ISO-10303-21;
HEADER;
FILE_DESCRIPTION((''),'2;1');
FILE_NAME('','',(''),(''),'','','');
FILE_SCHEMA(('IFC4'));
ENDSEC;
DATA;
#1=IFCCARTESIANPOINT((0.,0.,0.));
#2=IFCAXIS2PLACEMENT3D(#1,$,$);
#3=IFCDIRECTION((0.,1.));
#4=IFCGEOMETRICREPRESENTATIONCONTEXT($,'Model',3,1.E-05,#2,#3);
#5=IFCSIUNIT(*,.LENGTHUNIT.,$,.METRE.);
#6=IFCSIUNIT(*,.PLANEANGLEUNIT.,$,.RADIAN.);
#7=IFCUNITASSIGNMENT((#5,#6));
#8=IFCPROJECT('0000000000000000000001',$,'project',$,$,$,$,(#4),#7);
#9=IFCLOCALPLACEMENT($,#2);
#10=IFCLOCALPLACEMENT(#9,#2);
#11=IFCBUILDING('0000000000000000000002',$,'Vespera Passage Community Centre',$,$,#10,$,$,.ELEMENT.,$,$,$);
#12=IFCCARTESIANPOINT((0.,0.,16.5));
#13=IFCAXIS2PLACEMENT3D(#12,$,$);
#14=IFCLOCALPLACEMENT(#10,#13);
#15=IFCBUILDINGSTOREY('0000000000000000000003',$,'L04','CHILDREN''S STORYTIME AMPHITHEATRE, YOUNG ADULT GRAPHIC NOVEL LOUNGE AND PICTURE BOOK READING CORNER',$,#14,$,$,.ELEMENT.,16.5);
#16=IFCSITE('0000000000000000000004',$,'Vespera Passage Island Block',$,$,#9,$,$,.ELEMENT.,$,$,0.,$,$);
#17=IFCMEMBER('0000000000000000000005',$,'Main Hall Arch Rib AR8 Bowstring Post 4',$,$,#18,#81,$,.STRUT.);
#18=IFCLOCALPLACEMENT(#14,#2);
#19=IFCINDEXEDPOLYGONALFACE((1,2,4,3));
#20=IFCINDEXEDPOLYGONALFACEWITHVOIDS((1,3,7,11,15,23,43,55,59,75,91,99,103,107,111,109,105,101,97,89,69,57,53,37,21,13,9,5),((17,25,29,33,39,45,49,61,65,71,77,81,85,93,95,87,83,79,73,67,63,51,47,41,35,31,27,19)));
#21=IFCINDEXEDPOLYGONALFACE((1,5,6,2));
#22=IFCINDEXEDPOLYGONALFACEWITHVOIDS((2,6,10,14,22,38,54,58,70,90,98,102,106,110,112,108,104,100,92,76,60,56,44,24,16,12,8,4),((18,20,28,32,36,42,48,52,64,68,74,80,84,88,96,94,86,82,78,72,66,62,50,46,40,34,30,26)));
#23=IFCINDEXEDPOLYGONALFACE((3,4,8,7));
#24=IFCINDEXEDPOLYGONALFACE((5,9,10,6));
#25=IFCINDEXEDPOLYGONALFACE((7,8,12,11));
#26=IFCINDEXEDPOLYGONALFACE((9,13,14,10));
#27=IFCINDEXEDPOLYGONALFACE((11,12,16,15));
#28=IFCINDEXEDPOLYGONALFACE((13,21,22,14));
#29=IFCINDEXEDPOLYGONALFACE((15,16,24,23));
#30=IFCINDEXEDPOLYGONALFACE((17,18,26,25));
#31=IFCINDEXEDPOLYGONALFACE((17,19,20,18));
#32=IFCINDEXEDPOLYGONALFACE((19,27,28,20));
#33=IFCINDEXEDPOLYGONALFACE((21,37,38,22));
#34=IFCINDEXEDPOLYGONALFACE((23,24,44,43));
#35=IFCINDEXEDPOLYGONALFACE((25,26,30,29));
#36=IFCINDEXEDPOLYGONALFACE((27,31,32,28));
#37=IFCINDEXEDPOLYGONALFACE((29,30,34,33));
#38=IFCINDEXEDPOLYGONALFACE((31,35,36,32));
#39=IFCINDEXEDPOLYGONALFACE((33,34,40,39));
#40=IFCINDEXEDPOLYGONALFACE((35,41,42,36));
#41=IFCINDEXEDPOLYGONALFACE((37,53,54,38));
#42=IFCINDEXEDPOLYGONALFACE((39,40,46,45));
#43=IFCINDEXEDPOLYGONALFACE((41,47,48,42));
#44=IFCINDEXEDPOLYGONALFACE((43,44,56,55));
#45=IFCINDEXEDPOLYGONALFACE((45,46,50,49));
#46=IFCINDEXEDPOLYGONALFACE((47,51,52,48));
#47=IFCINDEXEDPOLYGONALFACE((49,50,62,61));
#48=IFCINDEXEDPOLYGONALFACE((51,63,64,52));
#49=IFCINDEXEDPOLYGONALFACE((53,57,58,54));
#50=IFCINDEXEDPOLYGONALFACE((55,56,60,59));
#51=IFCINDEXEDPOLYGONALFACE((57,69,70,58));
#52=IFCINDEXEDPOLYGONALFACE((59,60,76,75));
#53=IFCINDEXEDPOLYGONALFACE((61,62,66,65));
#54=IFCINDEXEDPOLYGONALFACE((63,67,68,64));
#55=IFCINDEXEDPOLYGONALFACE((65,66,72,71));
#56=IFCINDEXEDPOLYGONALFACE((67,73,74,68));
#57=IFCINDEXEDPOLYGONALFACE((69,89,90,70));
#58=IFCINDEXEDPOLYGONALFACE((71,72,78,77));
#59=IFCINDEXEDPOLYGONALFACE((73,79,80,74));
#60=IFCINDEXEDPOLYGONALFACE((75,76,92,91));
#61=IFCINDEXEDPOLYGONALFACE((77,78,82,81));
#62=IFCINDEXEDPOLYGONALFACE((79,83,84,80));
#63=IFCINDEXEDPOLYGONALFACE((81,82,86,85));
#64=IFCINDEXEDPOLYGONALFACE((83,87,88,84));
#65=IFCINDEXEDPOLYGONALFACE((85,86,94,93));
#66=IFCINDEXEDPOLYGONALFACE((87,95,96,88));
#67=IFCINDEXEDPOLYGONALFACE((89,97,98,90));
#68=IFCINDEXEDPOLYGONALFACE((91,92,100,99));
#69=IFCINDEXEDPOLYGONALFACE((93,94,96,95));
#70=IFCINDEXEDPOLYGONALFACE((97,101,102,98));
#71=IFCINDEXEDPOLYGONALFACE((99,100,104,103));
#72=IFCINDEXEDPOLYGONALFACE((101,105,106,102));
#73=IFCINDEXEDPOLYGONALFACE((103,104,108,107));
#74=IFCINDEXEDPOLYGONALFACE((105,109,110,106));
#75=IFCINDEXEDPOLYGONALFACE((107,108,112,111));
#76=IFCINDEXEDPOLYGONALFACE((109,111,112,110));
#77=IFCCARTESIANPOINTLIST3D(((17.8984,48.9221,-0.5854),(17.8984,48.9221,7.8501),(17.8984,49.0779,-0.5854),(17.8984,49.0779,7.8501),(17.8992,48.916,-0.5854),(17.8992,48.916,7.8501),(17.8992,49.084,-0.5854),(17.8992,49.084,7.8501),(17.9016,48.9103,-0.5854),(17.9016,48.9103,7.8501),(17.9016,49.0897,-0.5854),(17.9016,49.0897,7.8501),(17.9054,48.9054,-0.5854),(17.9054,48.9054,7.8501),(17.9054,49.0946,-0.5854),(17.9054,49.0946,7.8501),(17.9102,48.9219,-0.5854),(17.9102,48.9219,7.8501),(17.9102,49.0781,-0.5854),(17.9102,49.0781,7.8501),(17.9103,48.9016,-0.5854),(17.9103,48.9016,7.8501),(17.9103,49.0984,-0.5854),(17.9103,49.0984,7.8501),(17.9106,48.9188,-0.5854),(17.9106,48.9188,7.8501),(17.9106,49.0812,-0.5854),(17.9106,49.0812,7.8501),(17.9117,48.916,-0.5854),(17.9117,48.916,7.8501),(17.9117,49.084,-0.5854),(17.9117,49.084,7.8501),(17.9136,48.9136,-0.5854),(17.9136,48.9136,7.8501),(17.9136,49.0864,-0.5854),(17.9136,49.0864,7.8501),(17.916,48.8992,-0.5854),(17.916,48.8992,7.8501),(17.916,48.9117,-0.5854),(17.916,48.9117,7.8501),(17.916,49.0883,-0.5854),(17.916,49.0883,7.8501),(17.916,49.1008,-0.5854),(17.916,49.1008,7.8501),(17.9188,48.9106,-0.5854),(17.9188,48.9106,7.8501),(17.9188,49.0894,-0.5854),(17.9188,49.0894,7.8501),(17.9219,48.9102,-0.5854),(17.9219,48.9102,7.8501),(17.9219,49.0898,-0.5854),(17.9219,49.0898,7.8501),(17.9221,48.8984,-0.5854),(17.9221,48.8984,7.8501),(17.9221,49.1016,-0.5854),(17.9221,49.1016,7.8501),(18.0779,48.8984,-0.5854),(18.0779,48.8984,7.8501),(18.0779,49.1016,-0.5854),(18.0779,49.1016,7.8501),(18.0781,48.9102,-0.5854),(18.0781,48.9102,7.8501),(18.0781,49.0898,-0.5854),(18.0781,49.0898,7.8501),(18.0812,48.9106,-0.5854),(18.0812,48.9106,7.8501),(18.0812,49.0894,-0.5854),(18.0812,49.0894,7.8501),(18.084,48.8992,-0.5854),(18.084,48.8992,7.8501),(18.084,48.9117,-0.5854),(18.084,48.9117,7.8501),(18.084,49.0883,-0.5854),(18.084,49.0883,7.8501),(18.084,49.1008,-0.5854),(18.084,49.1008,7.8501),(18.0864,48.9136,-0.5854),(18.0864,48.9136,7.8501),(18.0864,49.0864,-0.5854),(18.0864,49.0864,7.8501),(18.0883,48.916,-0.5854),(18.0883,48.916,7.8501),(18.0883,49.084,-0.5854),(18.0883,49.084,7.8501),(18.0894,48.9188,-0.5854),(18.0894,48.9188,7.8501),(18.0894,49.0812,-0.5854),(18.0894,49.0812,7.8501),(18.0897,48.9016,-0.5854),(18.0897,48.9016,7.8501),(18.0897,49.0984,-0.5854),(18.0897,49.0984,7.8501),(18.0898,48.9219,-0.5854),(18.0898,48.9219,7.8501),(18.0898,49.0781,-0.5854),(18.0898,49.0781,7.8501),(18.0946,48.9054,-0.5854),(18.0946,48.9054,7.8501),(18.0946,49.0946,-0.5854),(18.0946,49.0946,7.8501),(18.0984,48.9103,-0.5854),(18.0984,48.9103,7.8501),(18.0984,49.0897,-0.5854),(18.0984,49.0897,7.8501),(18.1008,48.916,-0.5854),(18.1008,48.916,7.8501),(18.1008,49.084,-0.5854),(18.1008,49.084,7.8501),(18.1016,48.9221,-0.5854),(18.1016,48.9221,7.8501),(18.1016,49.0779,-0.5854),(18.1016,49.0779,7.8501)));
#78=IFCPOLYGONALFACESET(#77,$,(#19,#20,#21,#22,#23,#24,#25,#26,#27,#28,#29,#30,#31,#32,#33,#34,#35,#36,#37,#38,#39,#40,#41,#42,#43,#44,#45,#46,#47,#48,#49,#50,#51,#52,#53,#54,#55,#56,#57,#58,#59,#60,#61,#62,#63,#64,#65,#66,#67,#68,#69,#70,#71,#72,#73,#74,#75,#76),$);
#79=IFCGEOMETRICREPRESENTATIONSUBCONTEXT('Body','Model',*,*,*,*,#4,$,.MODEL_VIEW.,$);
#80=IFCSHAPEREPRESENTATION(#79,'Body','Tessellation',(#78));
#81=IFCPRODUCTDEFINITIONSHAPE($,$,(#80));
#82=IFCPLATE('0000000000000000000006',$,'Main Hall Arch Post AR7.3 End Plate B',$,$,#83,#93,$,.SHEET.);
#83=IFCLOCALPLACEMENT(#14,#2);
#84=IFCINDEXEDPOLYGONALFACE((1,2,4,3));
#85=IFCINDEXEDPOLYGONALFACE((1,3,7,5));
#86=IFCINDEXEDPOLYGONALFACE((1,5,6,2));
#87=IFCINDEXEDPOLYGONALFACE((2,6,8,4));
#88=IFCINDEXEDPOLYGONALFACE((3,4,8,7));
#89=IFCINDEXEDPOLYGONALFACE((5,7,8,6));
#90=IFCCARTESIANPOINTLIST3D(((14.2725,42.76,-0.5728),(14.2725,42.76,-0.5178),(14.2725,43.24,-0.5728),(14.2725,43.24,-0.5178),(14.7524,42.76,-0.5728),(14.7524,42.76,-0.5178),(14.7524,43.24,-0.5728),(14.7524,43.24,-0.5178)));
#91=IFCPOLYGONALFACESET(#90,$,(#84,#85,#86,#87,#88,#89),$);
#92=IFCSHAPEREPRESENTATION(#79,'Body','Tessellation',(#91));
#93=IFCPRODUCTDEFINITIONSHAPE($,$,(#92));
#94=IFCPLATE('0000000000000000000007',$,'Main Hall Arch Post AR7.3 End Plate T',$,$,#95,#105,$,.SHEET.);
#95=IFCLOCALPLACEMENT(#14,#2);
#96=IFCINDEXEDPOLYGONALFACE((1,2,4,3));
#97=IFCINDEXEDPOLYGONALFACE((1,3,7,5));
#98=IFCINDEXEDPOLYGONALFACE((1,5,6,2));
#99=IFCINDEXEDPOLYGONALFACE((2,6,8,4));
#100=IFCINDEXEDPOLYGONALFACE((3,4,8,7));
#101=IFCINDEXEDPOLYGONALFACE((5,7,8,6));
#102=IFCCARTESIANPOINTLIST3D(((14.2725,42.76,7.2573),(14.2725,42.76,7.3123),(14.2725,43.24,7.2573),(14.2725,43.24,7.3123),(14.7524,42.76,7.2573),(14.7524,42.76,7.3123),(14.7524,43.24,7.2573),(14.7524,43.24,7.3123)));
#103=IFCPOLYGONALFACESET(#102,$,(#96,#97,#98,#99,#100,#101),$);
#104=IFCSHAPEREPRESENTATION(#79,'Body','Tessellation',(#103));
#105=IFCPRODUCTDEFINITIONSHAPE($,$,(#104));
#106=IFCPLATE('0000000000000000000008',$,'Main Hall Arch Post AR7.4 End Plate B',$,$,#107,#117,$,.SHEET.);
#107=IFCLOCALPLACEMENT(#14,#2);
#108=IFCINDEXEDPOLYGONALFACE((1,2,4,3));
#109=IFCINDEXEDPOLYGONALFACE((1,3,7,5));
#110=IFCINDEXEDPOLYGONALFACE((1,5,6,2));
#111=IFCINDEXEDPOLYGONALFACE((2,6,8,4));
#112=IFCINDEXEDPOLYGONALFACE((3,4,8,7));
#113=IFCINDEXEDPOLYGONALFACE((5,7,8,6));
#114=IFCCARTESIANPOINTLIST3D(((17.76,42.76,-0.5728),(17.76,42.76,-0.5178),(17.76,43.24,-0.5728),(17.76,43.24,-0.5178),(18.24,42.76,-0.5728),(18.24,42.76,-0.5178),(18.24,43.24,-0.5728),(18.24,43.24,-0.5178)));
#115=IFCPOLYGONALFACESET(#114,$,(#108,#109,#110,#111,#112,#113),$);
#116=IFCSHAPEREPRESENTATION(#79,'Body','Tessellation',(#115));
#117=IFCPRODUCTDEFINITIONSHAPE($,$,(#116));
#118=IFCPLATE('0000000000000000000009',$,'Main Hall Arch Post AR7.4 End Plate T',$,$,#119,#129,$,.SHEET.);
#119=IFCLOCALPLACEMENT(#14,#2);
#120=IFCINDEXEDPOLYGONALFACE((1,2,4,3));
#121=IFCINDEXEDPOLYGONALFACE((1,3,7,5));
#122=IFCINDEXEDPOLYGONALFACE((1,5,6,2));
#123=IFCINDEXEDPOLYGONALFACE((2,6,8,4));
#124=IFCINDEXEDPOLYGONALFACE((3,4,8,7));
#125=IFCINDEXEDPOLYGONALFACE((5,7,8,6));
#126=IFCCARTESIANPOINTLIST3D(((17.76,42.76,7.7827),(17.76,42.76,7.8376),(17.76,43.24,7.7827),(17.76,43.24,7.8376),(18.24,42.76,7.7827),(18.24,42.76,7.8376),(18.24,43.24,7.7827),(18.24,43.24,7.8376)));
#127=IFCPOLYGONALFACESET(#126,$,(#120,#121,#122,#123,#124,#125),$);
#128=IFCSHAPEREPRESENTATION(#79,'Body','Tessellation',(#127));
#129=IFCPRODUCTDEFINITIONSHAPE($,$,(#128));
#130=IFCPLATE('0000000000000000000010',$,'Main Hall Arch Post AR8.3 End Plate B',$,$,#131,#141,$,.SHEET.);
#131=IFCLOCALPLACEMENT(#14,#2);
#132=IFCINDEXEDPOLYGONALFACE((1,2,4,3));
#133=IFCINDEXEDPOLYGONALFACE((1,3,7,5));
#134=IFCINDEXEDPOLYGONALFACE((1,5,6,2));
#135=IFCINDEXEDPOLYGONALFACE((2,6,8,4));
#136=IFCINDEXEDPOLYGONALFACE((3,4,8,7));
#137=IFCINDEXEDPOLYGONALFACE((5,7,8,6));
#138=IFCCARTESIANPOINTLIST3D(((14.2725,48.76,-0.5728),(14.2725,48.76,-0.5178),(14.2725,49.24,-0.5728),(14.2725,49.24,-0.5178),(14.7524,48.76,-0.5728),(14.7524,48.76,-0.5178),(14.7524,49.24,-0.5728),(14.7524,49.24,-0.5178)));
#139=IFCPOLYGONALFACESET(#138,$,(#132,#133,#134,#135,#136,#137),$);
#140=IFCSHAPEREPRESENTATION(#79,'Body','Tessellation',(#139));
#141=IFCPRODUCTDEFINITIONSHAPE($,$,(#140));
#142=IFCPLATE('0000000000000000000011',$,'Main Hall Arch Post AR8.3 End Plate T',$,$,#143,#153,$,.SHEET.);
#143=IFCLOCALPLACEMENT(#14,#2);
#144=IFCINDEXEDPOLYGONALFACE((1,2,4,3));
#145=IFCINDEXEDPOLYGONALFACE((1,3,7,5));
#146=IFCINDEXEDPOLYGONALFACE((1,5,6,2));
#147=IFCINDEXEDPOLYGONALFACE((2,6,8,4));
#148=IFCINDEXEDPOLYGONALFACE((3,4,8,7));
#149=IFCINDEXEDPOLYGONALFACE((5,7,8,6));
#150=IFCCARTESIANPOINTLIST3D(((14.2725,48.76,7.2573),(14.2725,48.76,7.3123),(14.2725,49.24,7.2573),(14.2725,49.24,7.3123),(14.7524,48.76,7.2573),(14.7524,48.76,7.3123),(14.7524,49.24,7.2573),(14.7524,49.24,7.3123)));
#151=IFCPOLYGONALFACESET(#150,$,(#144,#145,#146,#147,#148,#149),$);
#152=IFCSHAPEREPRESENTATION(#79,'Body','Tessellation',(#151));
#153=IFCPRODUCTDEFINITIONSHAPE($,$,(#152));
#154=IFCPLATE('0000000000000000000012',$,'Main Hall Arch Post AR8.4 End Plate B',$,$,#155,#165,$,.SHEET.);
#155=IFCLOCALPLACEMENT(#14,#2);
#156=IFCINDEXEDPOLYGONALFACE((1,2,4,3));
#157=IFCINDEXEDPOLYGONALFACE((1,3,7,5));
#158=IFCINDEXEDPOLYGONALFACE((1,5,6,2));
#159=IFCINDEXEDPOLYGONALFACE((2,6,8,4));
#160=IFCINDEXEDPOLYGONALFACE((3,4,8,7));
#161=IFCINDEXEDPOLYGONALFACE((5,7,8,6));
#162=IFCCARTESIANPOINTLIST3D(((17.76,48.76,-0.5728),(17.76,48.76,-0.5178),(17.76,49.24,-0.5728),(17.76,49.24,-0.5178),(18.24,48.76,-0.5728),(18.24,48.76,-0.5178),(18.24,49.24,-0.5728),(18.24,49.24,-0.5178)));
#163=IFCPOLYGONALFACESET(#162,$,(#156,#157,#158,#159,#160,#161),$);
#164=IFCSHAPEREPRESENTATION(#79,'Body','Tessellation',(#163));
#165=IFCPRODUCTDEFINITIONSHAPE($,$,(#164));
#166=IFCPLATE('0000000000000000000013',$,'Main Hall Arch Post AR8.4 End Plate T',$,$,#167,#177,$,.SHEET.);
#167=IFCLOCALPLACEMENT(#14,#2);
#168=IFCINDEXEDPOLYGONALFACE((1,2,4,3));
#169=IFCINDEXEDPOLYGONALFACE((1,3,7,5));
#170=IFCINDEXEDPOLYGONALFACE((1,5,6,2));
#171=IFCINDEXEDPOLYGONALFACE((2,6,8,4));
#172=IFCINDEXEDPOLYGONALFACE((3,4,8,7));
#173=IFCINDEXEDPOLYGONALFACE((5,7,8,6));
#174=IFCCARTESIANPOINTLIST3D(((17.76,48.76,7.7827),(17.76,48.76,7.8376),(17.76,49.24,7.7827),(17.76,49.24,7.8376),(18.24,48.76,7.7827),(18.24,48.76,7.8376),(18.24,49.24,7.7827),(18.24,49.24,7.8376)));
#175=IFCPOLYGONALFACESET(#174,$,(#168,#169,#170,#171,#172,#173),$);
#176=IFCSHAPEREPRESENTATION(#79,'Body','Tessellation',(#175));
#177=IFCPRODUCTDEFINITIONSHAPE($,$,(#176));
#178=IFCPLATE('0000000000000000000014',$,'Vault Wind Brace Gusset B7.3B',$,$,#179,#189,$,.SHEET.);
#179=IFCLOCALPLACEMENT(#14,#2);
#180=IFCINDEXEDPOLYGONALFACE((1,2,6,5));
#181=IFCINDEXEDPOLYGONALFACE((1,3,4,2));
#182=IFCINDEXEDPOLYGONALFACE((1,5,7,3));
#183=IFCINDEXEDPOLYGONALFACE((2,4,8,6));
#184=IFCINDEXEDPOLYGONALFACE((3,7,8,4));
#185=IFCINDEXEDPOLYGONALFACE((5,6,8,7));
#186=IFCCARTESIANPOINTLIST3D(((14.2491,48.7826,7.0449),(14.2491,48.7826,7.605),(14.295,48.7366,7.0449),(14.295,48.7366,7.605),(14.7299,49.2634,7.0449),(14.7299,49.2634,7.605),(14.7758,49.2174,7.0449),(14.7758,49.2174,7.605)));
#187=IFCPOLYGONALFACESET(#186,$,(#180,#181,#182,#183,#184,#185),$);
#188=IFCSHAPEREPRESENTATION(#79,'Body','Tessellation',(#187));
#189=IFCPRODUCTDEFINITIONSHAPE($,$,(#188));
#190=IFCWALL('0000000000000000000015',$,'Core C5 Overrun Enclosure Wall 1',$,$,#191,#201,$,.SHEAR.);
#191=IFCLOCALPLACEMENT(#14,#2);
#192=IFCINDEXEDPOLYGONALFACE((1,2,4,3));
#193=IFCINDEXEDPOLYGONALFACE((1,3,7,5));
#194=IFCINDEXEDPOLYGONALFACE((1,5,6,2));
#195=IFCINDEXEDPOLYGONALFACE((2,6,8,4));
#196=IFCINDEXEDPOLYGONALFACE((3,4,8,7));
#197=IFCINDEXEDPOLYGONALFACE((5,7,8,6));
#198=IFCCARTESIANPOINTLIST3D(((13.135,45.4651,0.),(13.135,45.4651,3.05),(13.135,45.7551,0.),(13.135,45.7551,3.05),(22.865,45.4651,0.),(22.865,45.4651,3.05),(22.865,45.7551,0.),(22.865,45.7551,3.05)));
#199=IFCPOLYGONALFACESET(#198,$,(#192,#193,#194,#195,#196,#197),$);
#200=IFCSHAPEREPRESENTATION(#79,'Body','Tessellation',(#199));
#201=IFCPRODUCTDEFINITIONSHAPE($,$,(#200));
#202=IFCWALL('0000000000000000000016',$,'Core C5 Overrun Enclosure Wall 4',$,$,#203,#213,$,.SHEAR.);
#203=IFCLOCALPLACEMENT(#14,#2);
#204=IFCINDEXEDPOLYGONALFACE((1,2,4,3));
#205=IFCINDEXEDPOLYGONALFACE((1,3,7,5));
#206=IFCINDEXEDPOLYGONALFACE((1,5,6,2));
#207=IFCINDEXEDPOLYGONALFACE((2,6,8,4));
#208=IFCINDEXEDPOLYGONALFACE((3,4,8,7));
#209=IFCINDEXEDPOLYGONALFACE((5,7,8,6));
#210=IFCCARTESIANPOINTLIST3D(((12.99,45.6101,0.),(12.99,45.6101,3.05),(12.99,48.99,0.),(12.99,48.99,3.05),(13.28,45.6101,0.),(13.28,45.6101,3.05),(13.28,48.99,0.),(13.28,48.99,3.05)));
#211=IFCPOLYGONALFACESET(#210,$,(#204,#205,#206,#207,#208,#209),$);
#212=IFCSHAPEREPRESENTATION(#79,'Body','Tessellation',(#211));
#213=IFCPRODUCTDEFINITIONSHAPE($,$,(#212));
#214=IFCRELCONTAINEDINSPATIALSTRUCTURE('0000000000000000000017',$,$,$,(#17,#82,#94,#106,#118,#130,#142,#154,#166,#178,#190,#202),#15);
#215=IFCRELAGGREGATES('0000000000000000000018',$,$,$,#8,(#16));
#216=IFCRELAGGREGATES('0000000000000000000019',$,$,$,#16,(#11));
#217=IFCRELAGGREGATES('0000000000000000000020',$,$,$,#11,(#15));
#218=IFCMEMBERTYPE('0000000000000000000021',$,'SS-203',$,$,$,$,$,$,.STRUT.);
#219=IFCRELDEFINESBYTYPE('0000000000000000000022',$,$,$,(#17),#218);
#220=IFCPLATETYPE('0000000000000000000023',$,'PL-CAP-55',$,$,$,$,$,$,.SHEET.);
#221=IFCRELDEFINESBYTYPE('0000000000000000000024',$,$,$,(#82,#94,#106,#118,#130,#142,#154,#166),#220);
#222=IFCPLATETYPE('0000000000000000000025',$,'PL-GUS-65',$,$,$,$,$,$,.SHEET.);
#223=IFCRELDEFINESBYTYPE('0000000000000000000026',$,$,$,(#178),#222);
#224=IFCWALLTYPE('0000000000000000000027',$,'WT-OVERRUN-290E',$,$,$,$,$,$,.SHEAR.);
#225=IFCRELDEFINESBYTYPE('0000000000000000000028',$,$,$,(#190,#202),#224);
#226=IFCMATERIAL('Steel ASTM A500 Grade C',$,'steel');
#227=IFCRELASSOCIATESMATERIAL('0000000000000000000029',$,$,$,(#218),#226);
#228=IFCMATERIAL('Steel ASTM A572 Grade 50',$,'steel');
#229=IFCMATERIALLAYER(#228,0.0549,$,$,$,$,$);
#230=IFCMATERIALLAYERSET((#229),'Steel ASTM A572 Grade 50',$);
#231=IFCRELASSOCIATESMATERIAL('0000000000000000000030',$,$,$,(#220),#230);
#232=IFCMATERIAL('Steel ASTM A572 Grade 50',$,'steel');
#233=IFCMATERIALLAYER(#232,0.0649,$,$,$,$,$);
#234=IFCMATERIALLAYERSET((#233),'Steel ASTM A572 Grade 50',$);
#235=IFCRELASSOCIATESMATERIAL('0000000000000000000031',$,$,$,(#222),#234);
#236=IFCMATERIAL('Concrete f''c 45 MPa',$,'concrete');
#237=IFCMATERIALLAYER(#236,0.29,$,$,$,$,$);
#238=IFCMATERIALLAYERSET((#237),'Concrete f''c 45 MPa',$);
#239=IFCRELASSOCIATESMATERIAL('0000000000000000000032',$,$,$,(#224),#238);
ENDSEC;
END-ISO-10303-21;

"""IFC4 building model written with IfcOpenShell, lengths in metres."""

from ifc_helpers import new_model, si_unit, direction, frame, frame_2d, origin, origin_2d, place, context, subcontext, project, spatial, rectangle, hollow_rectangle, extrude, material, layer, layer_set, material_profile, profile_set, type_object, element, save


model = new_model("IFC4")

# Units and contexts
model_context = context("Model", 3, precision=1e-05, world=origin(), true_north=direction((0.0, 1.0)))
body_context = subcontext(model_context, "Body", "Model", "MODEL_VIEW")
ifc_project = project(units=[si_unit("LENGTHUNIT", "METRE"), si_unit("PLANEANGLEUNIT", "RADIAN")], contexts=[model_context])

# Site, building, storey
site_placement = place(None, origin())
site = spatial("IfcSite", under=ifc_project, at=site_placement, Name="Vespera Passage Island Block", CompositionType="ELEMENT", RefElevation=0.0)
building_placement = place(site_placement, origin())
building = spatial("IfcBuilding", under=site, at=building_placement, Name="Vespera Passage Community Centre", CompositionType="ELEMENT")
storey_placement = place(building_placement, frame((0.0, 0.0, 16.5)))
storey = spatial("IfcBuildingStorey", under=building, at=storey_placement, Name="L04", Description="CHILDREN'S STORYTIME AMPHITHEATRE, YOUNG ADULT GRAPHIC NOVEL LOUNGE AND PICTURE BOOK READING CORNER", CompositionType="ELEMENT", Elevation=16.5)

# Member
ifc_material_1 = material(Name="Steel ASTM A500 Grade C", Category="steel")
ifc_material_profile_1 = material_profile(ifc_material_1, hollow_rectangle(XDim=0.2031, YDim=0.2031, WallThickness=0.0117, InnerFilletRadius=0.0117, OuterFilletRadius=0.0237, at=origin_2d()), Name="HSS203X203X12.7")
ifc_profile_set_1 = profile_set([ifc_material_profile_1], Name="Steel ASTM A500 Grade C")
member_type_1 = type_object("IfcMemberType", Name="SS-203", PredefinedType="STRUT", material=ifc_profile_set_1)
member_1_placement = place(storey_placement, frame((18.0, 49.0, -0.5854), z_axis=(0.0, 0.0, 1.0), x_axis=(1.0, 0.0, 0.0)))
element("IfcMember", 1, at=member_1_placement, inside=storey, type_object=member_type_1, Name="Main Hall Arch Rib AR8 Bowstring Post 4", PredefinedType="STRUT", context=body_context, shape_type="SweptSolid", body=[
    extrude(hollow_rectangle(XDim=0.2031, YDim=0.2031, WallThickness=0.0117, InnerFilletRadius=0.0117, OuterFilletRadius=0.0237, at=origin_2d()), origin(), (0.0, 0.0, 1.0), 8.4355),
])

# Plates
ifc_material_2 = material(Name="Steel ASTM A572 Grade 50", Category="steel")
ifc_layer_1 = layer(ifc_material_2, 0.0549)
ifc_layer_set_1 = layer_set([ifc_layer_1], Name="Steel ASTM A572 Grade 50")
plate_type_1 = type_object("IfcPlateType", Name="PL-CAP-55", PredefinedType="SHEET", material=ifc_layer_set_1)
for number, where, z_axis, x_axis, name in (
    (2, (14.5125, 43.0, -0.5728), (0.0, 0.0, 1.0), (1.0, 0.0, 0.0), "Main Hall Arch Post AR7.3 End Plate B"),
    (3, (14.5125, 43.0, 7.2573), (0.0, 0.0, 1.0), (1.0, 0.0, 0.0), "Main Hall Arch Post AR7.3 End Plate T"),
    (4, (18.0, 43.0, -0.5728), (0.0, 0.0, 1.0), (1.0, 0.0, 0.0), "Main Hall Arch Post AR7.4 End Plate B"),
    (5, (18.0, 43.0, 7.7827), (0.0, 0.0, 1.0), (1.0, 0.0, 0.0), "Main Hall Arch Post AR7.4 End Plate T"),
    (6, (14.5125, 49.0, -0.5728), (0.0, 0.0, 1.0), (1.0, 0.0, 0.0), "Main Hall Arch Post AR8.3 End Plate B"),
    (7, (14.5125, 49.0, 7.2573), (0.0, 0.0, 1.0), (1.0, 0.0, 0.0), "Main Hall Arch Post AR8.3 End Plate T"),
    (8, (18.0, 49.0, -0.5728), (0.0, 0.0, 1.0), (1.0, 0.0, 0.0), "Main Hall Arch Post AR8.4 End Plate B"),
    (9, (18.0, 49.0, 7.7827), (0.0, 0.0, 1.0), (1.0, 0.0, 0.0), "Main Hall Arch Post AR8.4 End Plate T"),
):
    element("IfcPlate", number, at=place(storey_placement, frame(where, z_axis=z_axis, x_axis=x_axis)), inside=storey, type_object=plate_type_1, Name=name, PredefinedType="SHEET", context=body_context, shape_type="SweptSolid", body=[
        extrude(rectangle(XDim=0.48, YDim=0.48, at=origin_2d()), origin(), (0.0, 0.0, 1.0), 0.0549),
    ])
ifc_material_3 = material(Name="Steel ASTM A572 Grade 50", Category="steel")
ifc_layer_2 = layer(ifc_material_3, 0.0649)
ifc_layer_set_2 = layer_set([ifc_layer_2], Name="Steel ASTM A572 Grade 50")
plate_type_2 = type_object("IfcPlateType", Name="PL-GUS-65", PredefinedType="SHEET", material=ifc_layer_set_2)
plate_placement = place(storey_placement, frame((14.5125, 49.0, 7.0449), z_axis=(0.0, 0.0, 1.0), x_axis=(0.707107, 0.707107, 0.0)))
element("IfcPlate", 10, at=plate_placement, inside=storey, type_object=plate_type_2, Name="Vault Wind Brace Gusset B7.3B", PredefinedType="SHEET", context=body_context, shape_type="SweptSolid", body=[
    extrude(rectangle(XDim=0.6799, YDim=0.0649, at=origin_2d()), origin(), (0.0, 0.0, 1.0), 0.5601),
])

# Walls
ifc_material_4 = material(Name="Concrete f'c 45 MPa", Category="concrete")
ifc_layer_3 = layer(ifc_material_4, 0.29)
ifc_layer_set_3 = layer_set([ifc_layer_3], Name="Concrete f'c 45 MPa")
wall_type = type_object("IfcWallType", Name="WT-OVERRUN-290E", PredefinedType="SHEAR", material=ifc_layer_set_3)
wall_1_placement = place(storey_placement, frame((13.135, 45.6101, 0.0), z_axis=(0.0, 0.0, 1.0), x_axis=(1.0, 0.0, 0.0)))
element("IfcWall", 11, at=wall_1_placement, inside=storey, type_object=wall_type, Name="Core C5 Overrun Enclosure Wall 1", PredefinedType="SHEAR", context=body_context, shape_type="SweptSolid", body=[
    extrude(rectangle(XDim=9.73, YDim=0.29, at=frame_2d((4.865, 0.0))), origin(), (0.0, 0.0, 1.0), 3.05),
])
wall_2_placement = place(storey_placement, frame((13.135, 48.99, 0.0), z_axis=(0.0, 0.0, 1.0), x_axis=(0.0, -1.0, 0.0)))
element("IfcWall", 12, at=wall_2_placement, inside=storey, type_object=wall_type, Name="Core C5 Overrun Enclosure Wall 4", PredefinedType="SHEAR", context=body_context, shape_type="SweptSolid", body=[
    extrude(rectangle(XDim=3.3799, YDim=0.29, at=frame_2d((1.6899, 0.0))), origin(), (0.0, 0.0, 1.0), 3.05),
])

save(model, "model.ifc")
